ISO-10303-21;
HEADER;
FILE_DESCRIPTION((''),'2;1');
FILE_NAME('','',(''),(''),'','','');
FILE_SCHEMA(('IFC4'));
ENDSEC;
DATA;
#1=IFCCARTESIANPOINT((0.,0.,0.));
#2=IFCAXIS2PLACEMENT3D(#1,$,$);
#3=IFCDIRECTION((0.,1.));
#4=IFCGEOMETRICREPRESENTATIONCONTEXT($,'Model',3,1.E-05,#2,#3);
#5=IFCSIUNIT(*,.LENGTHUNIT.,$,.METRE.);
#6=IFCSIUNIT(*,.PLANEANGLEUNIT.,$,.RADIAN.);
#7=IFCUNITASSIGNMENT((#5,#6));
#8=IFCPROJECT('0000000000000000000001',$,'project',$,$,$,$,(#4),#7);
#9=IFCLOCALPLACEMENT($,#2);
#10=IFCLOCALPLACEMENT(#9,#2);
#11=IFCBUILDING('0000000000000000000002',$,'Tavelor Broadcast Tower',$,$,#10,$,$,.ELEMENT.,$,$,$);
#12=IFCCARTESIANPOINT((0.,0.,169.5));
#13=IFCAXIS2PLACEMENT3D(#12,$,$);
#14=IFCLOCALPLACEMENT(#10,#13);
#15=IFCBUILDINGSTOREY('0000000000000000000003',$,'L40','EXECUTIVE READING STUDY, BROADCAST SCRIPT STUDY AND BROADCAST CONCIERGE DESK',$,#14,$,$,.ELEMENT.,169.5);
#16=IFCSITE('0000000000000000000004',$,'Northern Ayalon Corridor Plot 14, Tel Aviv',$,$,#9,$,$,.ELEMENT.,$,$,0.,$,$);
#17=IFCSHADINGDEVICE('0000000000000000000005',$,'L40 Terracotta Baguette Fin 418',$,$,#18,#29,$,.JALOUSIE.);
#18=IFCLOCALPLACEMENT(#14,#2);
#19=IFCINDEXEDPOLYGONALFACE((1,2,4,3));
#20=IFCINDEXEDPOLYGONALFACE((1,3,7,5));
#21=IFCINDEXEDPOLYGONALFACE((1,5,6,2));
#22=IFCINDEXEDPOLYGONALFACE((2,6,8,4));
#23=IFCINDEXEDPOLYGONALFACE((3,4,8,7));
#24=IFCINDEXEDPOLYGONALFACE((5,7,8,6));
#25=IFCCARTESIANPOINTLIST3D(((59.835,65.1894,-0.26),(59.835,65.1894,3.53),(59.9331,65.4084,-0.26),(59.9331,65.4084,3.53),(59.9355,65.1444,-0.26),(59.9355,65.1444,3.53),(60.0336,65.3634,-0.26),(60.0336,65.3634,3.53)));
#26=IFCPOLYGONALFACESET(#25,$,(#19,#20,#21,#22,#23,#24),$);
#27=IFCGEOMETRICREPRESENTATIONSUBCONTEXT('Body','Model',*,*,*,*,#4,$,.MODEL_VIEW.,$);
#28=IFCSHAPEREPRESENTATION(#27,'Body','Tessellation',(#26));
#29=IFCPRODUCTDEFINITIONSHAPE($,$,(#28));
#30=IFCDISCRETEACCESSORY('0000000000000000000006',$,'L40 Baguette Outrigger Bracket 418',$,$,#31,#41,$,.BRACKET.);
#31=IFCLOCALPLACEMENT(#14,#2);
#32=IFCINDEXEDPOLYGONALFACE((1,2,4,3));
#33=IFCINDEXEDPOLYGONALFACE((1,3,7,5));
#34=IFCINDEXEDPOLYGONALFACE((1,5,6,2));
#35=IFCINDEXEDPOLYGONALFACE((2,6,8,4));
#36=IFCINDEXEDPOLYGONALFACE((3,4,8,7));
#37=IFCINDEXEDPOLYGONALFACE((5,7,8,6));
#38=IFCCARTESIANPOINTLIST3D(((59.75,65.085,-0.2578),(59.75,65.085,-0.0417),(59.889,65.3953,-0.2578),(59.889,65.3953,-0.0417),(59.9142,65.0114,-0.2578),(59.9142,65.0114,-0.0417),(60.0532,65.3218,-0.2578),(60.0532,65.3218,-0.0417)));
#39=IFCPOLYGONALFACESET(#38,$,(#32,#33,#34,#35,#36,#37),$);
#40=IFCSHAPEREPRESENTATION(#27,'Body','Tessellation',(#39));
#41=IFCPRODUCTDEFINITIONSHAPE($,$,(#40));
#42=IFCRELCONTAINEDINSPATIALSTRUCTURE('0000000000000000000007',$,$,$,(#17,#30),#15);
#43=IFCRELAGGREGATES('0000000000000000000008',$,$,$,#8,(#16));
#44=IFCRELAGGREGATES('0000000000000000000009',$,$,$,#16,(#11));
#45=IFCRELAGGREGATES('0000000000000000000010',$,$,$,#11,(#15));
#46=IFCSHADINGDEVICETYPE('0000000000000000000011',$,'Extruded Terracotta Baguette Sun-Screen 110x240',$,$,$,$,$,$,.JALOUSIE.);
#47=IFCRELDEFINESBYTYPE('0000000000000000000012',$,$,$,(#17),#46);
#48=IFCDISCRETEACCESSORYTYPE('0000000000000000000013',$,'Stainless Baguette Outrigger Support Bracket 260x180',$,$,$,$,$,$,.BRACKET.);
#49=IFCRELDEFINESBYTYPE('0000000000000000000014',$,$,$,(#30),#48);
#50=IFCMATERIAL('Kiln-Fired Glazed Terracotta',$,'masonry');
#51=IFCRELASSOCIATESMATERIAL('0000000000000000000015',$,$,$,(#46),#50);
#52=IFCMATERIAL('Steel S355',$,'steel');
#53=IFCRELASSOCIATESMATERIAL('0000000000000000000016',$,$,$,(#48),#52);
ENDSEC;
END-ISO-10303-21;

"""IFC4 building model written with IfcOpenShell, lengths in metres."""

from ifc_helpers import new_model, si_unit, direction, frame, origin, origin_2d, place, context, subcontext, project, spatial, rectangle, extrude, source, transform, mapped, material, type_object, type_shapes, element, save


model = new_model("IFC4")

# Units and contexts
model_context = context("Model", 3, precision=1e-05, world=origin(), true_north=direction((0.0, 1.0)))
body_context = subcontext(model_context, "Body", "Model", "MODEL_VIEW")
ifc_project = project(units=[si_unit("LENGTHUNIT", "METRE"), si_unit("PLANEANGLEUNIT", "RADIAN")], contexts=[model_context])

# Site, building, storey
site_placement = place(None, origin())
site = spatial("IfcSite", under=ifc_project, at=site_placement, Name="Northern Ayalon Corridor Plot 14, Tel Aviv", CompositionType="ELEMENT", RefElevation=0.0)
building_placement = place(site_placement, origin())
building = spatial("IfcBuilding", under=site, at=building_placement, Name="Tavelor Broadcast Tower", CompositionType="ELEMENT")
storey_placement = place(building_placement, frame((0.0, 0.0, 169.5)))
storey = spatial("IfcBuildingStorey", under=building, at=storey_placement, Name="L40", Description="EXECUTIVE READING STUDY, BROADCAST SCRIPT STUDY AND BROADCAST CONCIERGE DESK", CompositionType="ELEMENT", Elevation=169.5)

# Shared definitions
ifc_material_1 = material(Name="Steel S355", Category="steel")

# Shading device
ifc_material_2 = material(Name="Kiln-Fired Glazed Terracotta", Category="masonry")
shading_device_type = type_object("IfcShadingDeviceType", Name="Extruded Terracotta Baguette Sun-Screen 110x240", PredefinedType="JALOUSIE", material=ifc_material_2)
shared_shape_1 = source(origin(), body_context, "Body", "SweptSolid", [
    extrude(rectangle(XDim=0.1101, YDim=0.24, at=origin_2d()), origin(), (0.0, 0.0, 1.0), 3.79),
])
type_shapes(shading_device_type, [shared_shape_1])
shading_device_placement = place(storey_placement, frame((59.9343, 65.2764, -0.26), z_axis=(0.0, 0.0, 1.0), x_axis=(-0.91262, 0.408808, 0.0)))
element("IfcShadingDevice", 1, at=shading_device_placement, inside=storey, type_object=shading_device_type, Name="L40 Terracotta Baguette Fin 418", PredefinedType="JALOUSIE", context=body_context, shape_type="MappedRepresentation", body=[
    mapped(shared_shape_1, transform((0.0, 0.0, 0.0), scale=1.0)),
])

# Discrete accessory
discrete_accessory_type = type_object("IfcDiscreteAccessoryType", Name="Stainless Baguette Outrigger Support Bracket 260x180", PredefinedType="BRACKET", material=ifc_material_1)
shared_shape_2 = source(origin(), body_context, "Body", "SweptSolid", [
    extrude(rectangle(XDim=0.1799, YDim=0.3401, at=origin_2d()), origin(), (0.0, 0.0, 1.0), 0.2161),
])
type_shapes(discrete_accessory_type, [shared_shape_2])
discrete_accessory_placement = place(storey_placement, frame((59.9016, 65.2034, -0.2578), z_axis=(0.0, 0.0, 1.0), x_axis=(-0.91262, 0.408808, 0.0)))
element("IfcDiscreteAccessory", 2, at=discrete_accessory_placement, inside=storey, type_object=discrete_accessory_type, Name="L40 Baguette Outrigger Bracket 418", PredefinedType="BRACKET", context=body_context, shape_type="MappedRepresentation", body=[
    mapped(shared_shape_2, transform((0.0, 0.0, 0.0), scale=1.0)),
])

save(model, "model.ifc")
